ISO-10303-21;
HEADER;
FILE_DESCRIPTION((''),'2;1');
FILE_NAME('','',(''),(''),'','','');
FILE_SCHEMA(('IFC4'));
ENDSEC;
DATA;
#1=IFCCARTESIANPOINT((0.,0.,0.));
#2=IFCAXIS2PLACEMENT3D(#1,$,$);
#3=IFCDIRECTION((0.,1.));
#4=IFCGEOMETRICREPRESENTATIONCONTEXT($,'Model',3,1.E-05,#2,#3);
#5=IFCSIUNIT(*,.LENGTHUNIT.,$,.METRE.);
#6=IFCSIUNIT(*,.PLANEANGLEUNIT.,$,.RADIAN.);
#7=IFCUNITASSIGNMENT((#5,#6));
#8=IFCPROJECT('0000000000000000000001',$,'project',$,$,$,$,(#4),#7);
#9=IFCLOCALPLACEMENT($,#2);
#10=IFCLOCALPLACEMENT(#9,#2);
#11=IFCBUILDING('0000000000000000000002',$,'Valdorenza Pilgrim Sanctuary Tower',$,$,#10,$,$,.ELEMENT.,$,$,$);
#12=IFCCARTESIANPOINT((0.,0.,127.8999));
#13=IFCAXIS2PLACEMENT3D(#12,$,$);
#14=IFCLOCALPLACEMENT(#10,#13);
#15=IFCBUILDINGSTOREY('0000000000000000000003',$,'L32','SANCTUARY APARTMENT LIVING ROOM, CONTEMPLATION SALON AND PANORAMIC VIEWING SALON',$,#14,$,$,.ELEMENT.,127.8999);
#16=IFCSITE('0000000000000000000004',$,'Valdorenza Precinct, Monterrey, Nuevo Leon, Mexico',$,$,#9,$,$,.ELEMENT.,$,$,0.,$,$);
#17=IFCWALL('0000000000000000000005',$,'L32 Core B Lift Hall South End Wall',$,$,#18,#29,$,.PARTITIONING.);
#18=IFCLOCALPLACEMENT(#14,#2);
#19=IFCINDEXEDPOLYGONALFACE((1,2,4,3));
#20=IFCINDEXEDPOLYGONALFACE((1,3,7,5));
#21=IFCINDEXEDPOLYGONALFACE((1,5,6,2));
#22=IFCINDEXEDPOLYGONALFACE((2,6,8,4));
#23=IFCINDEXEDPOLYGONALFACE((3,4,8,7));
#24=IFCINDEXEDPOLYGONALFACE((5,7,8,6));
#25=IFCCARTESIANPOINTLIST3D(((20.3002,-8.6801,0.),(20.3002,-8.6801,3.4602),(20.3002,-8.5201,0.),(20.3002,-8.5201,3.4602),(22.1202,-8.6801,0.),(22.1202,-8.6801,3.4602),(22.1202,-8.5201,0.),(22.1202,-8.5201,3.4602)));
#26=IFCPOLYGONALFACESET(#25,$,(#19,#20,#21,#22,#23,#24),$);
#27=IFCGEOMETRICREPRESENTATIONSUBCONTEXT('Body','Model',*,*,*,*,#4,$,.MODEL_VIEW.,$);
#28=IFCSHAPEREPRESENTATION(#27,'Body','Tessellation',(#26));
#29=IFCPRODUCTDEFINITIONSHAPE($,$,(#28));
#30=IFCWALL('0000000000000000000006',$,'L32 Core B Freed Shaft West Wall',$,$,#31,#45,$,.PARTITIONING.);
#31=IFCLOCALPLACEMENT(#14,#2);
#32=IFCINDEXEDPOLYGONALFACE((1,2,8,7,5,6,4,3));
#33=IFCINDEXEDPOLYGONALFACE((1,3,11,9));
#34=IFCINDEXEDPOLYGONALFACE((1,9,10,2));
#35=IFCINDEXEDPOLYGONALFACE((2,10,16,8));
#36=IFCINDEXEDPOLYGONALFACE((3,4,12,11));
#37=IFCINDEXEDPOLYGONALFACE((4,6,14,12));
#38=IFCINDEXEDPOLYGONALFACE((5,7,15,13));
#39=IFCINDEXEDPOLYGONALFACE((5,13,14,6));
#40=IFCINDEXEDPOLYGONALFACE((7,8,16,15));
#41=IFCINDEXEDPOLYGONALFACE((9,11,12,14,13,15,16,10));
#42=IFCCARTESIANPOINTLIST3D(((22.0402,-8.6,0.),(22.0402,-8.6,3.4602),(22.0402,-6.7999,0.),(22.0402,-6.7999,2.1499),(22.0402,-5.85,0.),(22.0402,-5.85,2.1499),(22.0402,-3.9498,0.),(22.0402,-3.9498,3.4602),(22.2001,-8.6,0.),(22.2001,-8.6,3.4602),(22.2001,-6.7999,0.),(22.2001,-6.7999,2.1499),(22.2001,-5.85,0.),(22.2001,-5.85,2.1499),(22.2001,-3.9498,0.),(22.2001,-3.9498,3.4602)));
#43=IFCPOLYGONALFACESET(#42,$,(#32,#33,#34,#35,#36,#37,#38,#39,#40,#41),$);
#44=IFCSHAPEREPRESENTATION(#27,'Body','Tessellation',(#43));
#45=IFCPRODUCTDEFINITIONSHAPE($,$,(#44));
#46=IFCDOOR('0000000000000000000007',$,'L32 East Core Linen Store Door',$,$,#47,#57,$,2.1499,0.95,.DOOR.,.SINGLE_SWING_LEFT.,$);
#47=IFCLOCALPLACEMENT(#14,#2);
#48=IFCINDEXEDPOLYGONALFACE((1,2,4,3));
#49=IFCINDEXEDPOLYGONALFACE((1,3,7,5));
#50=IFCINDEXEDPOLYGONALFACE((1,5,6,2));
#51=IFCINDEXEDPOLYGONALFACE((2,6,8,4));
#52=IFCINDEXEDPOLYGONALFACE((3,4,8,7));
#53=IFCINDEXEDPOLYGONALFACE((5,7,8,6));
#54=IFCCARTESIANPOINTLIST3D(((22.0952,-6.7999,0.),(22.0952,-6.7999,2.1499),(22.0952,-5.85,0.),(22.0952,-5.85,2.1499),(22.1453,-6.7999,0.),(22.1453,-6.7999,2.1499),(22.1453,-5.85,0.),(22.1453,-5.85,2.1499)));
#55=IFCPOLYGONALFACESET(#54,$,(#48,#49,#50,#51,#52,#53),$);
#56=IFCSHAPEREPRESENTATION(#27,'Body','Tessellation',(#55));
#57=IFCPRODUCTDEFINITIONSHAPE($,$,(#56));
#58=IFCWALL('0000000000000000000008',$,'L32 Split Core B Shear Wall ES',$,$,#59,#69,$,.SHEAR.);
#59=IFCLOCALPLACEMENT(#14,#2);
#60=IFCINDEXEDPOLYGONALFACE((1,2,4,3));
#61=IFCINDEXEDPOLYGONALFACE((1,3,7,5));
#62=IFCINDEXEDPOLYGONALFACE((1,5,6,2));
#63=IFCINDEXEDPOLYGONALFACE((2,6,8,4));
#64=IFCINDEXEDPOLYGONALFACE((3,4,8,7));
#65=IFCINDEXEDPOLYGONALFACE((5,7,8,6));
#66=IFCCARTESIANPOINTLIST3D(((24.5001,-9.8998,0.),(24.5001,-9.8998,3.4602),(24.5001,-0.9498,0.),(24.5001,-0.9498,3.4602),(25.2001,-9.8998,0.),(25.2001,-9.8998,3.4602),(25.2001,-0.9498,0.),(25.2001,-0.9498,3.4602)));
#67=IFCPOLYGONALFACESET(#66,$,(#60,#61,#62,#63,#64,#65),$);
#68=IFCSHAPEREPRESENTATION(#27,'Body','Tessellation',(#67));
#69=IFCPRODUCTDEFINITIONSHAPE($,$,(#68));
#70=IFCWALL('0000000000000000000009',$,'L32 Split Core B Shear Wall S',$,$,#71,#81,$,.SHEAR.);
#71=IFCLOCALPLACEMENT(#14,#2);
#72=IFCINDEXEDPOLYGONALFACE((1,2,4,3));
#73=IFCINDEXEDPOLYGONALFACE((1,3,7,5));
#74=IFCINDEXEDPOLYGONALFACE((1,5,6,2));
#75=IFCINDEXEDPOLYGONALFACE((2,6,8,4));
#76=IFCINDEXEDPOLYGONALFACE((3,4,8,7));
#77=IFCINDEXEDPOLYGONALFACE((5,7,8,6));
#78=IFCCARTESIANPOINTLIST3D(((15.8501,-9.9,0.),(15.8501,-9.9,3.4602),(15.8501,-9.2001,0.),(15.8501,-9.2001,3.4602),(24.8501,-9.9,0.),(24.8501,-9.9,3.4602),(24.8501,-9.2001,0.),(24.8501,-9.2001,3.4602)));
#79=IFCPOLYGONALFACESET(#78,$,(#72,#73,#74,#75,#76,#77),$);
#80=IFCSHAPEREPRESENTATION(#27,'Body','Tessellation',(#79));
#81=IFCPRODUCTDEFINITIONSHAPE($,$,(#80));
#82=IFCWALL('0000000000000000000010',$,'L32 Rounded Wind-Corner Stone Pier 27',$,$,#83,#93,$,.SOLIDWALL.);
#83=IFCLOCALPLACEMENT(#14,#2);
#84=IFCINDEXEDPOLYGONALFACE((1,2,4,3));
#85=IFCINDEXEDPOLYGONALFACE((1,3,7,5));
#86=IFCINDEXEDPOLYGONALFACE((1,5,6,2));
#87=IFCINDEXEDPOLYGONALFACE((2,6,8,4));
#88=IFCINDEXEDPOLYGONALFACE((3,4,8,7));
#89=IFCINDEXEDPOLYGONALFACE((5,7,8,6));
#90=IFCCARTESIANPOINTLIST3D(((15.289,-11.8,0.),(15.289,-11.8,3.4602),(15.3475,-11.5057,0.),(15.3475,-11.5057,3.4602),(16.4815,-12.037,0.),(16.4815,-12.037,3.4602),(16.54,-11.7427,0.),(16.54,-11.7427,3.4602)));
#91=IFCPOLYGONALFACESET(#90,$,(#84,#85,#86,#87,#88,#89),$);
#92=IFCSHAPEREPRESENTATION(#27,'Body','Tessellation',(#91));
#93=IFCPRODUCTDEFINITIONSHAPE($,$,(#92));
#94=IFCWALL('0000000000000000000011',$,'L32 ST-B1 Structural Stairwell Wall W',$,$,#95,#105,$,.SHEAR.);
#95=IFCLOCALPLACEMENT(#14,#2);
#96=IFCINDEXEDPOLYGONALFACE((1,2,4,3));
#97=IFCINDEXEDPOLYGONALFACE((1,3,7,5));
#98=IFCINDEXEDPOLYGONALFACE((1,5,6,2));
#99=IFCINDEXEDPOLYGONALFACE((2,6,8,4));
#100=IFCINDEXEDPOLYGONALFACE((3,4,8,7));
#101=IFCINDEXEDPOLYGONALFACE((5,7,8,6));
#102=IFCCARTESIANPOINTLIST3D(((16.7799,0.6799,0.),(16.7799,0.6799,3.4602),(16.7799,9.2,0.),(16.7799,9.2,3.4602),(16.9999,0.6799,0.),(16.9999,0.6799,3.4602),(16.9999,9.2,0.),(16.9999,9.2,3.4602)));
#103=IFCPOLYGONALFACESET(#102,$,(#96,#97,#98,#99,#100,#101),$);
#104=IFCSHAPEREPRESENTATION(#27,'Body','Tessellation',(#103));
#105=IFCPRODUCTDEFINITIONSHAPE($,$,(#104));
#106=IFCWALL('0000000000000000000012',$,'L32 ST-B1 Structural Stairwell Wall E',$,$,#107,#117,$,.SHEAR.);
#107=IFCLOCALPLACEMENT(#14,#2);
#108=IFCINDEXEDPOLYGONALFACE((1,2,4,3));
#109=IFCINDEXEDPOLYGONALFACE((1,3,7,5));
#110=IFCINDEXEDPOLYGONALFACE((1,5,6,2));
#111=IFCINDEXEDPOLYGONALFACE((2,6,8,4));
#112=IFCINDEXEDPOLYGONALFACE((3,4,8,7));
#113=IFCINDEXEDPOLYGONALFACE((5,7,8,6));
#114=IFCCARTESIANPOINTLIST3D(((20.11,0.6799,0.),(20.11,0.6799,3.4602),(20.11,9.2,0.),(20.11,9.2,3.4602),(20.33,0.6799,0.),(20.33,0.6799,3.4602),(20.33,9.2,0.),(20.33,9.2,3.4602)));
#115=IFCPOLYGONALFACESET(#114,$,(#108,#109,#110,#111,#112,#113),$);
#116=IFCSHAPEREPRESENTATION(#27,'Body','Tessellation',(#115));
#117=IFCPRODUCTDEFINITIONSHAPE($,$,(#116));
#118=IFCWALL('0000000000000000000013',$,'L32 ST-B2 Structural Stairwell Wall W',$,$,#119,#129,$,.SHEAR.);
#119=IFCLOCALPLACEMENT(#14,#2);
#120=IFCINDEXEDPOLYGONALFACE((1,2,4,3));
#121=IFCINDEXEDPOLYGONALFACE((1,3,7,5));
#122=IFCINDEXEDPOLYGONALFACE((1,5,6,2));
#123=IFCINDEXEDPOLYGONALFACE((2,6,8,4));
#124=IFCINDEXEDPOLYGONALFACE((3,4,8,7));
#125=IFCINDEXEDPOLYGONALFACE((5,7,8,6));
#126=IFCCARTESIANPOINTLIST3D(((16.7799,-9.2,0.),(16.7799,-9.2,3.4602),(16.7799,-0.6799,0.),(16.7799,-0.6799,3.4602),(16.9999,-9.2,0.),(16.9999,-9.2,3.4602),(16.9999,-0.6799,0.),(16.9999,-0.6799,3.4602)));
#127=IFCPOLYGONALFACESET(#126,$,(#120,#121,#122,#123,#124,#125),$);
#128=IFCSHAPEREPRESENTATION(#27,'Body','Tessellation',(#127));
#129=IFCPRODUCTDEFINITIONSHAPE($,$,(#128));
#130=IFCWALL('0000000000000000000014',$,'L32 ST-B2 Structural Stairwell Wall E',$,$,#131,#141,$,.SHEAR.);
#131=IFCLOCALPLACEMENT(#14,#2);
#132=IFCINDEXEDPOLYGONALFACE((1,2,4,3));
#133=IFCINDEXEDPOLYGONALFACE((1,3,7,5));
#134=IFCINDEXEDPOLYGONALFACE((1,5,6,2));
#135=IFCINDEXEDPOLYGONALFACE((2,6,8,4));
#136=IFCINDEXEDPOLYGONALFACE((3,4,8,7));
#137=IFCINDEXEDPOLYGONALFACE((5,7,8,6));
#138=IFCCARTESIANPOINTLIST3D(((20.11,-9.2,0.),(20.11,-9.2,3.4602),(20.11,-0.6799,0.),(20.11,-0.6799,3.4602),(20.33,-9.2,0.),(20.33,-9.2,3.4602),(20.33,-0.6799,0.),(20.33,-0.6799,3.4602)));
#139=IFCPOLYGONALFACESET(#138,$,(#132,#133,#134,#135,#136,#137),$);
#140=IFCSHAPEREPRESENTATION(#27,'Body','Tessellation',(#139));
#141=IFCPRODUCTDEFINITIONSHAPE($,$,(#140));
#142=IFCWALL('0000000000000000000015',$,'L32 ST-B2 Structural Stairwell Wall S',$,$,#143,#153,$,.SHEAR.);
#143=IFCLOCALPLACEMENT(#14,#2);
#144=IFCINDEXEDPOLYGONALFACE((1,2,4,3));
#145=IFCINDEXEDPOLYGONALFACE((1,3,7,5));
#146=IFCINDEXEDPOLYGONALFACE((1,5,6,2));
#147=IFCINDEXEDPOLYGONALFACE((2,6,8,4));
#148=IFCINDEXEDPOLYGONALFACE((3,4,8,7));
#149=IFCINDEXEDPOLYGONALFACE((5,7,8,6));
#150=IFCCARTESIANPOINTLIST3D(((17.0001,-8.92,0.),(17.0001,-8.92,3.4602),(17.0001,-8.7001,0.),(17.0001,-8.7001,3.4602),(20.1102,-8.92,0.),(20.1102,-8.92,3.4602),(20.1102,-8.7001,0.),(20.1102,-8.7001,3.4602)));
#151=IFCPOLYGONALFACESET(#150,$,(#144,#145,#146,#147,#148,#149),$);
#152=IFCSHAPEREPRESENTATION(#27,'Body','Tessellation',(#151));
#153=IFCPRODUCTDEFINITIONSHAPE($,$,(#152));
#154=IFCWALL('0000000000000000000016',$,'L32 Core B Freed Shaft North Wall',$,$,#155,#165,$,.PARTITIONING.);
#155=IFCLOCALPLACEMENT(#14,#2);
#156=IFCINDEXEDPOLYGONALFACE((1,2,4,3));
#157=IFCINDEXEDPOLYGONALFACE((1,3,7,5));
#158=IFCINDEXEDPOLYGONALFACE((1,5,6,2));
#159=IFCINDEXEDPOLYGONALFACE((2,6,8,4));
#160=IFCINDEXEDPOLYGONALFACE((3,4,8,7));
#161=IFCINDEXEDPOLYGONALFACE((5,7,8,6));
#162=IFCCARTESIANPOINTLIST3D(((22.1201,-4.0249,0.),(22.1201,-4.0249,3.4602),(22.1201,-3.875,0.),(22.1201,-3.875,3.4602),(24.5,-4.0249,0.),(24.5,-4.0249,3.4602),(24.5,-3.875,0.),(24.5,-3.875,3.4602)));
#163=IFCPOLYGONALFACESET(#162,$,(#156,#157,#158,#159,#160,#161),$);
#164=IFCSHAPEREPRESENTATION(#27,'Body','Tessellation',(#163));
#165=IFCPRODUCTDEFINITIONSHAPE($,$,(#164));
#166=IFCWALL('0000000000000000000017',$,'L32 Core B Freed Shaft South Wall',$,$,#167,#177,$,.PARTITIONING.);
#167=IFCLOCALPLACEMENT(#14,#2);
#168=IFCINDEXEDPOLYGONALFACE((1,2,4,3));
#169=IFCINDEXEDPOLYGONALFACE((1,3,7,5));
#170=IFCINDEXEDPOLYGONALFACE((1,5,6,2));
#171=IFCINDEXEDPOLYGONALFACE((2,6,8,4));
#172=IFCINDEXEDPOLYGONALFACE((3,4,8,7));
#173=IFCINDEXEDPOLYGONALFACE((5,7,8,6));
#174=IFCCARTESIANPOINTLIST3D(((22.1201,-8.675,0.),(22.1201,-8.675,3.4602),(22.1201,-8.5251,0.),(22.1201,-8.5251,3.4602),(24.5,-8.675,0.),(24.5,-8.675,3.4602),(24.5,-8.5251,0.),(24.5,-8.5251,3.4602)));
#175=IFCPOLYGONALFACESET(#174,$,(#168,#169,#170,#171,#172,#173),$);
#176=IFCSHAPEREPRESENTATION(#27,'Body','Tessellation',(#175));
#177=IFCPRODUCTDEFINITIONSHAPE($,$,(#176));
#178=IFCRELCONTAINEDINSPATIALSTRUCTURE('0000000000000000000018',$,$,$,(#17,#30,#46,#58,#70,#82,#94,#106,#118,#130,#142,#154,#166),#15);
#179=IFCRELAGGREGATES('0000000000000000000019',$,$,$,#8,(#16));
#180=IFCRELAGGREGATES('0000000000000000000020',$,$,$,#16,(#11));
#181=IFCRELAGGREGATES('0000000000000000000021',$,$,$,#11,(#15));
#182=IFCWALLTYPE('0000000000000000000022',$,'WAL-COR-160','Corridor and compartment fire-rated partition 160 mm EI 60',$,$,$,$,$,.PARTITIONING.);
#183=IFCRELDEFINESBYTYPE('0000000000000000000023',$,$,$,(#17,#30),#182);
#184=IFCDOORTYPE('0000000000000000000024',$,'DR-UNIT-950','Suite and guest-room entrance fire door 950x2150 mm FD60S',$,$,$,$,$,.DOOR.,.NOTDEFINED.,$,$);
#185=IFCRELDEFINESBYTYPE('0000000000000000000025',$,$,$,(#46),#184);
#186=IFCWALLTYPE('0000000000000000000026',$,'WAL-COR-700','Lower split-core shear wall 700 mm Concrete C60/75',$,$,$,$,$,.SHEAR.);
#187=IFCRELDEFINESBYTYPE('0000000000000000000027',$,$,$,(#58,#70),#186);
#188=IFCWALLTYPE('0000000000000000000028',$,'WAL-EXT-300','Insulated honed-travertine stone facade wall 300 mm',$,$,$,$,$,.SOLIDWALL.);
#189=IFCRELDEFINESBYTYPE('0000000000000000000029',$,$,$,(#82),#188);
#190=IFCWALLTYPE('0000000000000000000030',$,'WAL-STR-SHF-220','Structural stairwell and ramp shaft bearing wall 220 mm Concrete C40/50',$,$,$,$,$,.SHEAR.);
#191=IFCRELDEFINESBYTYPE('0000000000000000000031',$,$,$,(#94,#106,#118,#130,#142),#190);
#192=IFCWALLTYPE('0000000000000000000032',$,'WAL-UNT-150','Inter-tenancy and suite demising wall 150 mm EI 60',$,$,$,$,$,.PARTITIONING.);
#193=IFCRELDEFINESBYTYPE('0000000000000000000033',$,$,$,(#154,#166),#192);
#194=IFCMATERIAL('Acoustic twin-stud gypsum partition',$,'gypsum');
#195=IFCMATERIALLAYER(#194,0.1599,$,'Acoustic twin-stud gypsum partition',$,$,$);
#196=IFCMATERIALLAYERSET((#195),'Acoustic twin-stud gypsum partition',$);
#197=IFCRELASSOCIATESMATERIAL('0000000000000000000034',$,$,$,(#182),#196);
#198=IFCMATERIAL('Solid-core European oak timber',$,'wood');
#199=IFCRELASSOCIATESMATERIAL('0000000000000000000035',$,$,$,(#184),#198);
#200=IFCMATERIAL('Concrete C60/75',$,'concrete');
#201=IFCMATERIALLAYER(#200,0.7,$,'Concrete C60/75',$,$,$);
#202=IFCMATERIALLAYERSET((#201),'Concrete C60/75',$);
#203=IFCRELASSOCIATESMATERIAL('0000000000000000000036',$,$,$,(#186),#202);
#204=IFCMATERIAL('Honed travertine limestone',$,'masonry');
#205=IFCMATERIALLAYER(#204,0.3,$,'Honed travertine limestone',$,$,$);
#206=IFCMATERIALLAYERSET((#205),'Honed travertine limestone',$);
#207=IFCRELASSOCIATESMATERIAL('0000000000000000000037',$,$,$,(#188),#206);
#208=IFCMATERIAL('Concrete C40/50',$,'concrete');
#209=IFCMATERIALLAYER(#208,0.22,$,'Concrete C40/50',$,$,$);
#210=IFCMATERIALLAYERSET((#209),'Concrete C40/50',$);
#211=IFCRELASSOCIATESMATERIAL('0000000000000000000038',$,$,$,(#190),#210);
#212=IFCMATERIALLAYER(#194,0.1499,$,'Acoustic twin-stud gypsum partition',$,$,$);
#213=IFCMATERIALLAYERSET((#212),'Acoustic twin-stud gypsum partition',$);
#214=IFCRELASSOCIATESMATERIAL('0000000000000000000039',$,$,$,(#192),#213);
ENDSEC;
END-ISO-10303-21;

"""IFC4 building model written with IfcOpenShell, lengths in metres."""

from ifc_helpers import new_model, si_unit, direction, frame, frame_2d, origin, place, context, subcontext, project, spatial, rectangle, extrude, material, layer, layer_set, type_object, element, fill, save


model = new_model("IFC4")

# Units and contexts
model_context = context("Model", 3, precision=1e-05, world=origin(), true_north=direction((0.0, 1.0)))
body_context = subcontext(model_context, "Body", "Model", "MODEL_VIEW")
ifc_project = project(units=[si_unit("LENGTHUNIT", "METRE"), si_unit("PLANEANGLEUNIT", "RADIAN")], contexts=[model_context])

# Site, building, storey
site_placement = place(None, origin())
site = spatial("IfcSite", under=ifc_project, at=site_placement, Name="Valdorenza Precinct, Monterrey, Nuevo Leon, Mexico", CompositionType="ELEMENT", RefElevation=0.0)
building_placement = place(site_placement, origin())
building = spatial("IfcBuilding", under=site, at=building_placement, Name="Valdorenza Pilgrim Sanctuary Tower", CompositionType="ELEMENT")
storey_placement = place(building_placement, frame((0.0, 0.0, 127.8999)))
storey = spatial("IfcBuildingStorey", under=building, at=storey_placement, Name="L32", Description="SANCTUARY APARTMENT LIVING ROOM, CONTEMPLATION SALON AND PANORAMIC VIEWING SALON", CompositionType="ELEMENT", Elevation=127.8999)

# Shared definitions
ifc_material_1 = material(Name="Concrete C60/75", Category="concrete")

# Shared definitions
ifc_material_2 = material(Name="Honed travertine limestone", Category="masonry")

# Wall
ifc_material_3 = material(Name="Acoustic twin-stud gypsum partition", Category="gypsum")
ifc_layer_1 = layer(ifc_material_3, 0.1599, Name="Acoustic twin-stud gypsum partition")
ifc_layer_set_1 = layer_set([ifc_layer_1], Name="Acoustic twin-stud gypsum partition")
wall_type_1 = type_object("IfcWallType", Name="WAL-COR-160", Description="Corridor and compartment fire-rated partition 160 mm EI 60", PredefinedType="PARTITIONING", material=ifc_layer_set_1)
wall_1_placement = place(storey_placement, frame((20.3, -8.6001, 0.0), z_axis=(0.0, 0.0, 1.0), x_axis=(1.0, 0.0, 0.0)))
element("IfcWall", 1, at=wall_1_placement, inside=storey, type_object=wall_type_1, Name="L32 Core B Lift Hall South End Wall", PredefinedType="PARTITIONING", context=body_context, shape_type="SweptSolid", body=[
    extrude(rectangle(XDim=1.8201, YDim=0.1599, at=frame_2d((0.9102, 0.0))), origin(), (0.0, 0.0, 1.0), 3.4602),
])

# Wall, opening, door
wall_2_placement = place(storey_placement, frame((22.1201, -8.6001, 0.0), z_axis=(0.0, 0.0, 1.0), x_axis=(0.0, 1.0, 0.0)))
wall_2 = element("IfcWall", 2, at=wall_2_placement, inside=storey, type_object=wall_type_1, Name="L32 Core B Freed Shaft West Wall", PredefinedType="PARTITIONING", context=body_context, shape_type="SweptSolid", body=[
    extrude(rectangle(XDim=4.6501, YDim=0.1599, at=frame_2d((2.3252, 0.0))), origin(), (0.0, 0.0, 1.0), 3.4602),
])
opening_1_placement = place(wall_2_placement, frame((1.8, 0.0, 0.0)))
opening_1 = element("IfcOpeningElement", 3, at=opening_1_placement, cuts=wall_2, PredefinedType="OPENING", context=body_context, shape_type="SweptSolid", body=[
    extrude(rectangle(XDim=0.95, YDim=2.1499, at=frame_2d((0.4751, 1.075))), frame((0.0, 0.0947, 0.0), z_axis=(0.0, -1.0, 0.0), x_axis=(1.0, 0.0, 0.0)), (0.0, 0.0, 1.0), 0.1897),
])
ifc_material_4 = material(Name="Solid-core European oak timber", Category="wood")
door_type_1 = type_object("IfcDoorType", Name="DR-UNIT-950", Description="Suite and guest-room entrance fire door 950x2150 mm FD60S", OperationType="NOTDEFINED", PredefinedType="DOOR", material=ifc_material_4)
door_1_placement = place(opening_1_placement, origin())
door_1 = element("IfcDoor", 4, at=door_1_placement, inside=storey, type_object=door_type_1, Name="L32 East Core Linen Store Door", OperationType="SINGLE_SWING_LEFT", OverallHeight=2.1499, OverallWidth=0.95, PredefinedType="DOOR", context=body_context, shape_type="SweptSolid", body=[
    extrude(rectangle(XDim=0.95, YDim=2.1499, at=frame_2d((0.4751, 1.075))), frame((0.0, 0.0249, 0.0), z_axis=(0.0, -1.0, 0.0), x_axis=(1.0, 0.0, 0.0)), (0.0, 0.0, 1.0), 0.05),
])
fill(opening_1, door_1)

# Walls
ifc_layer_2 = layer(ifc_material_1, 0.7, Name="Concrete C60/75")
ifc_layer_set_2 = layer_set([ifc_layer_2], Name="Concrete C60/75")
wall_type_2 = type_object("IfcWallType", Name="WAL-COR-700", Description="Lower split-core shear wall 700 mm Concrete C60/75", PredefinedType="SHEAR", material=ifc_layer_set_2)
wall_3_placement = place(storey_placement, frame((24.8501, -9.8999, 0.0), z_axis=(0.0, 0.0, 1.0), x_axis=(0.0, 1.0, 0.0)))
element("IfcWall", 5, at=wall_3_placement, inside=storey, type_object=wall_type_2, Name="L32 Split Core B Shear Wall ES", PredefinedType="SHEAR", context=body_context, shape_type="SweptSolid", body=[
    extrude(rectangle(XDim=8.95, YDim=0.7, at=frame_2d((4.4751, 0.0))), origin(), (0.0, 0.0, 1.0), 3.4602),
])
wall_4_placement = place(storey_placement, frame((15.8501, -9.55, 0.0), z_axis=(0.0, 0.0, 1.0), x_axis=(1.0, 0.0, 0.0)))
element("IfcWall", 6, at=wall_4_placement, inside=storey, type_object=wall_type_2, Name="L32 Split Core B Shear Wall S", PredefinedType="SHEAR", context=body_context, shape_type="SweptSolid", body=[
    extrude(rectangle(XDim=9.0, YDim=0.7, at=frame_2d((4.5, 0.0))), origin(), (0.0, 0.0, 1.0), 3.4602),
])
ifc_layer_3 = layer(ifc_material_2, 0.3, Name="Honed travertine limestone")
ifc_layer_set_3 = layer_set([ifc_layer_3], Name="Honed travertine limestone")
wall_type_3 = type_object("IfcWallType", Name="WAL-EXT-300", Description="Insulated honed-travertine stone facade wall 300 mm", PredefinedType="SOLIDWALL", material=ifc_layer_set_3)
wall_5_placement = place(storey_placement, frame((16.5107, -11.8899, 0.0), z_axis=(0.0, 0.0, 1.0), x_axis=(-0.980804, 0.194996, 0.0)))
element("IfcWall", 7, at=wall_5_placement, inside=storey, type_object=wall_type_3, Name="L32 Rounded Wind-Corner Stone Pier 27", PredefinedType="SOLIDWALL", context=body_context, shape_type="SweptSolid", body=[
    extrude(rectangle(XDim=1.2158, YDim=0.3, at=frame_2d((0.6079, 0.0))), origin(), (0.0, 0.0, 1.0), 3.4602),
])

# Walls
ifc_material_5 = material(Name="Concrete C40/50", Category="concrete")
ifc_layer_4 = layer(ifc_material_5, 0.22, Name="Concrete C40/50")
ifc_layer_set_4 = layer_set([ifc_layer_4], Name="Concrete C40/50")
wall_type_4 = type_object("IfcWallType", Name="WAL-STR-SHF-220", Description="Structural stairwell and ramp shaft bearing wall 220 mm Concrete C40/50", PredefinedType="SHEAR", material=ifc_layer_set_4)
for number, where, z_axis, x_axis, name in (
    (8, (16.8899, 0.6799, 0.0), (0.0, 0.0, 1.0), (0.0, 1.0, 0.0), "L32 ST-B1 Structural Stairwell Wall W"),
    (9, (20.22, 0.6799, 0.0), (0.0, 0.0, 1.0), (0.0, 1.0, 0.0), "L32 ST-B1 Structural Stairwell Wall E"),
    (10, (16.8899, -9.2, 0.0), (0.0, 0.0, 1.0), (0.0, 1.0, 0.0), "L32 ST-B2 Structural Stairwell Wall W"),
    (11, (20.22, -9.2, 0.0), (0.0, 0.0, 1.0), (0.0, 1.0, 0.0), "L32 ST-B2 Structural Stairwell Wall E"),
):
    element("IfcWall", number, at=place(storey_placement, frame(where, z_axis=z_axis, x_axis=x_axis)), inside=storey, type_object=wall_type_4, Name=name, PredefinedType="SHEAR", context=body_context, shape_type="SweptSolid", body=[
        extrude(rectangle(XDim=8.52, YDim=0.22, at=frame_2d((4.26, 0.0))), origin(), (0.0, 0.0, 1.0), 3.4602),
    ])
wall_6_placement = place(storey_placement, frame((17.0, -8.8101, 0.0), z_axis=(0.0, 0.0, 1.0), x_axis=(1.0, 0.0, 0.0)))
element("IfcWall", 12, at=wall_6_placement, inside=storey, type_object=wall_type_4, Name="L32 ST-B2 Structural Stairwell Wall S", PredefinedType="SHEAR", context=body_context, shape_type="SweptSolid", body=[
    extrude(rectangle(XDim=3.1101, YDim=0.22, at=frame_2d((1.5552, 0.0))), origin(), (0.0, 0.0, 1.0), 3.4602),
])

# Walls
ifc_layer_5 = layer(ifc_material_3, 0.1499, Name="Acoustic twin-stud gypsum partition")
ifc_layer_set_5 = layer_set([ifc_layer_5], Name="Acoustic twin-stud gypsum partition")
wall_type_5 = type_object("IfcWallType", Name="WAL-UNT-150", Description="Inter-tenancy and suite demising wall 150 mm EI 60", PredefinedType="PARTITIONING", material=ifc_layer_set_5)
for number, where, z_axis, x_axis, name in (
    (13, (22.1201, -3.95, 0.0), (0.0, 0.0, 1.0), (1.0, 0.0, 0.0), "L32 Core B Freed Shaft North Wall"),
    (14, (22.1201, -8.6001, 0.0), (0.0, 0.0, 1.0), (1.0, 0.0, 0.0), "L32 Core B Freed Shaft South Wall"),
):
    element("IfcWall", number, at=place(storey_placement, frame(where, z_axis=z_axis, x_axis=x_axis)), inside=storey, type_object=wall_type_5, Name=name, PredefinedType="PARTITIONING", context=body_context, shape_type="SweptSolid", body=[
        extrude(rectangle(XDim=2.3799, YDim=0.1499, at=frame_2d((1.1899, 0.0))), origin(), (0.0, 0.0, 1.0), 3.4602),
    ])

save(model, "model.ifc")
